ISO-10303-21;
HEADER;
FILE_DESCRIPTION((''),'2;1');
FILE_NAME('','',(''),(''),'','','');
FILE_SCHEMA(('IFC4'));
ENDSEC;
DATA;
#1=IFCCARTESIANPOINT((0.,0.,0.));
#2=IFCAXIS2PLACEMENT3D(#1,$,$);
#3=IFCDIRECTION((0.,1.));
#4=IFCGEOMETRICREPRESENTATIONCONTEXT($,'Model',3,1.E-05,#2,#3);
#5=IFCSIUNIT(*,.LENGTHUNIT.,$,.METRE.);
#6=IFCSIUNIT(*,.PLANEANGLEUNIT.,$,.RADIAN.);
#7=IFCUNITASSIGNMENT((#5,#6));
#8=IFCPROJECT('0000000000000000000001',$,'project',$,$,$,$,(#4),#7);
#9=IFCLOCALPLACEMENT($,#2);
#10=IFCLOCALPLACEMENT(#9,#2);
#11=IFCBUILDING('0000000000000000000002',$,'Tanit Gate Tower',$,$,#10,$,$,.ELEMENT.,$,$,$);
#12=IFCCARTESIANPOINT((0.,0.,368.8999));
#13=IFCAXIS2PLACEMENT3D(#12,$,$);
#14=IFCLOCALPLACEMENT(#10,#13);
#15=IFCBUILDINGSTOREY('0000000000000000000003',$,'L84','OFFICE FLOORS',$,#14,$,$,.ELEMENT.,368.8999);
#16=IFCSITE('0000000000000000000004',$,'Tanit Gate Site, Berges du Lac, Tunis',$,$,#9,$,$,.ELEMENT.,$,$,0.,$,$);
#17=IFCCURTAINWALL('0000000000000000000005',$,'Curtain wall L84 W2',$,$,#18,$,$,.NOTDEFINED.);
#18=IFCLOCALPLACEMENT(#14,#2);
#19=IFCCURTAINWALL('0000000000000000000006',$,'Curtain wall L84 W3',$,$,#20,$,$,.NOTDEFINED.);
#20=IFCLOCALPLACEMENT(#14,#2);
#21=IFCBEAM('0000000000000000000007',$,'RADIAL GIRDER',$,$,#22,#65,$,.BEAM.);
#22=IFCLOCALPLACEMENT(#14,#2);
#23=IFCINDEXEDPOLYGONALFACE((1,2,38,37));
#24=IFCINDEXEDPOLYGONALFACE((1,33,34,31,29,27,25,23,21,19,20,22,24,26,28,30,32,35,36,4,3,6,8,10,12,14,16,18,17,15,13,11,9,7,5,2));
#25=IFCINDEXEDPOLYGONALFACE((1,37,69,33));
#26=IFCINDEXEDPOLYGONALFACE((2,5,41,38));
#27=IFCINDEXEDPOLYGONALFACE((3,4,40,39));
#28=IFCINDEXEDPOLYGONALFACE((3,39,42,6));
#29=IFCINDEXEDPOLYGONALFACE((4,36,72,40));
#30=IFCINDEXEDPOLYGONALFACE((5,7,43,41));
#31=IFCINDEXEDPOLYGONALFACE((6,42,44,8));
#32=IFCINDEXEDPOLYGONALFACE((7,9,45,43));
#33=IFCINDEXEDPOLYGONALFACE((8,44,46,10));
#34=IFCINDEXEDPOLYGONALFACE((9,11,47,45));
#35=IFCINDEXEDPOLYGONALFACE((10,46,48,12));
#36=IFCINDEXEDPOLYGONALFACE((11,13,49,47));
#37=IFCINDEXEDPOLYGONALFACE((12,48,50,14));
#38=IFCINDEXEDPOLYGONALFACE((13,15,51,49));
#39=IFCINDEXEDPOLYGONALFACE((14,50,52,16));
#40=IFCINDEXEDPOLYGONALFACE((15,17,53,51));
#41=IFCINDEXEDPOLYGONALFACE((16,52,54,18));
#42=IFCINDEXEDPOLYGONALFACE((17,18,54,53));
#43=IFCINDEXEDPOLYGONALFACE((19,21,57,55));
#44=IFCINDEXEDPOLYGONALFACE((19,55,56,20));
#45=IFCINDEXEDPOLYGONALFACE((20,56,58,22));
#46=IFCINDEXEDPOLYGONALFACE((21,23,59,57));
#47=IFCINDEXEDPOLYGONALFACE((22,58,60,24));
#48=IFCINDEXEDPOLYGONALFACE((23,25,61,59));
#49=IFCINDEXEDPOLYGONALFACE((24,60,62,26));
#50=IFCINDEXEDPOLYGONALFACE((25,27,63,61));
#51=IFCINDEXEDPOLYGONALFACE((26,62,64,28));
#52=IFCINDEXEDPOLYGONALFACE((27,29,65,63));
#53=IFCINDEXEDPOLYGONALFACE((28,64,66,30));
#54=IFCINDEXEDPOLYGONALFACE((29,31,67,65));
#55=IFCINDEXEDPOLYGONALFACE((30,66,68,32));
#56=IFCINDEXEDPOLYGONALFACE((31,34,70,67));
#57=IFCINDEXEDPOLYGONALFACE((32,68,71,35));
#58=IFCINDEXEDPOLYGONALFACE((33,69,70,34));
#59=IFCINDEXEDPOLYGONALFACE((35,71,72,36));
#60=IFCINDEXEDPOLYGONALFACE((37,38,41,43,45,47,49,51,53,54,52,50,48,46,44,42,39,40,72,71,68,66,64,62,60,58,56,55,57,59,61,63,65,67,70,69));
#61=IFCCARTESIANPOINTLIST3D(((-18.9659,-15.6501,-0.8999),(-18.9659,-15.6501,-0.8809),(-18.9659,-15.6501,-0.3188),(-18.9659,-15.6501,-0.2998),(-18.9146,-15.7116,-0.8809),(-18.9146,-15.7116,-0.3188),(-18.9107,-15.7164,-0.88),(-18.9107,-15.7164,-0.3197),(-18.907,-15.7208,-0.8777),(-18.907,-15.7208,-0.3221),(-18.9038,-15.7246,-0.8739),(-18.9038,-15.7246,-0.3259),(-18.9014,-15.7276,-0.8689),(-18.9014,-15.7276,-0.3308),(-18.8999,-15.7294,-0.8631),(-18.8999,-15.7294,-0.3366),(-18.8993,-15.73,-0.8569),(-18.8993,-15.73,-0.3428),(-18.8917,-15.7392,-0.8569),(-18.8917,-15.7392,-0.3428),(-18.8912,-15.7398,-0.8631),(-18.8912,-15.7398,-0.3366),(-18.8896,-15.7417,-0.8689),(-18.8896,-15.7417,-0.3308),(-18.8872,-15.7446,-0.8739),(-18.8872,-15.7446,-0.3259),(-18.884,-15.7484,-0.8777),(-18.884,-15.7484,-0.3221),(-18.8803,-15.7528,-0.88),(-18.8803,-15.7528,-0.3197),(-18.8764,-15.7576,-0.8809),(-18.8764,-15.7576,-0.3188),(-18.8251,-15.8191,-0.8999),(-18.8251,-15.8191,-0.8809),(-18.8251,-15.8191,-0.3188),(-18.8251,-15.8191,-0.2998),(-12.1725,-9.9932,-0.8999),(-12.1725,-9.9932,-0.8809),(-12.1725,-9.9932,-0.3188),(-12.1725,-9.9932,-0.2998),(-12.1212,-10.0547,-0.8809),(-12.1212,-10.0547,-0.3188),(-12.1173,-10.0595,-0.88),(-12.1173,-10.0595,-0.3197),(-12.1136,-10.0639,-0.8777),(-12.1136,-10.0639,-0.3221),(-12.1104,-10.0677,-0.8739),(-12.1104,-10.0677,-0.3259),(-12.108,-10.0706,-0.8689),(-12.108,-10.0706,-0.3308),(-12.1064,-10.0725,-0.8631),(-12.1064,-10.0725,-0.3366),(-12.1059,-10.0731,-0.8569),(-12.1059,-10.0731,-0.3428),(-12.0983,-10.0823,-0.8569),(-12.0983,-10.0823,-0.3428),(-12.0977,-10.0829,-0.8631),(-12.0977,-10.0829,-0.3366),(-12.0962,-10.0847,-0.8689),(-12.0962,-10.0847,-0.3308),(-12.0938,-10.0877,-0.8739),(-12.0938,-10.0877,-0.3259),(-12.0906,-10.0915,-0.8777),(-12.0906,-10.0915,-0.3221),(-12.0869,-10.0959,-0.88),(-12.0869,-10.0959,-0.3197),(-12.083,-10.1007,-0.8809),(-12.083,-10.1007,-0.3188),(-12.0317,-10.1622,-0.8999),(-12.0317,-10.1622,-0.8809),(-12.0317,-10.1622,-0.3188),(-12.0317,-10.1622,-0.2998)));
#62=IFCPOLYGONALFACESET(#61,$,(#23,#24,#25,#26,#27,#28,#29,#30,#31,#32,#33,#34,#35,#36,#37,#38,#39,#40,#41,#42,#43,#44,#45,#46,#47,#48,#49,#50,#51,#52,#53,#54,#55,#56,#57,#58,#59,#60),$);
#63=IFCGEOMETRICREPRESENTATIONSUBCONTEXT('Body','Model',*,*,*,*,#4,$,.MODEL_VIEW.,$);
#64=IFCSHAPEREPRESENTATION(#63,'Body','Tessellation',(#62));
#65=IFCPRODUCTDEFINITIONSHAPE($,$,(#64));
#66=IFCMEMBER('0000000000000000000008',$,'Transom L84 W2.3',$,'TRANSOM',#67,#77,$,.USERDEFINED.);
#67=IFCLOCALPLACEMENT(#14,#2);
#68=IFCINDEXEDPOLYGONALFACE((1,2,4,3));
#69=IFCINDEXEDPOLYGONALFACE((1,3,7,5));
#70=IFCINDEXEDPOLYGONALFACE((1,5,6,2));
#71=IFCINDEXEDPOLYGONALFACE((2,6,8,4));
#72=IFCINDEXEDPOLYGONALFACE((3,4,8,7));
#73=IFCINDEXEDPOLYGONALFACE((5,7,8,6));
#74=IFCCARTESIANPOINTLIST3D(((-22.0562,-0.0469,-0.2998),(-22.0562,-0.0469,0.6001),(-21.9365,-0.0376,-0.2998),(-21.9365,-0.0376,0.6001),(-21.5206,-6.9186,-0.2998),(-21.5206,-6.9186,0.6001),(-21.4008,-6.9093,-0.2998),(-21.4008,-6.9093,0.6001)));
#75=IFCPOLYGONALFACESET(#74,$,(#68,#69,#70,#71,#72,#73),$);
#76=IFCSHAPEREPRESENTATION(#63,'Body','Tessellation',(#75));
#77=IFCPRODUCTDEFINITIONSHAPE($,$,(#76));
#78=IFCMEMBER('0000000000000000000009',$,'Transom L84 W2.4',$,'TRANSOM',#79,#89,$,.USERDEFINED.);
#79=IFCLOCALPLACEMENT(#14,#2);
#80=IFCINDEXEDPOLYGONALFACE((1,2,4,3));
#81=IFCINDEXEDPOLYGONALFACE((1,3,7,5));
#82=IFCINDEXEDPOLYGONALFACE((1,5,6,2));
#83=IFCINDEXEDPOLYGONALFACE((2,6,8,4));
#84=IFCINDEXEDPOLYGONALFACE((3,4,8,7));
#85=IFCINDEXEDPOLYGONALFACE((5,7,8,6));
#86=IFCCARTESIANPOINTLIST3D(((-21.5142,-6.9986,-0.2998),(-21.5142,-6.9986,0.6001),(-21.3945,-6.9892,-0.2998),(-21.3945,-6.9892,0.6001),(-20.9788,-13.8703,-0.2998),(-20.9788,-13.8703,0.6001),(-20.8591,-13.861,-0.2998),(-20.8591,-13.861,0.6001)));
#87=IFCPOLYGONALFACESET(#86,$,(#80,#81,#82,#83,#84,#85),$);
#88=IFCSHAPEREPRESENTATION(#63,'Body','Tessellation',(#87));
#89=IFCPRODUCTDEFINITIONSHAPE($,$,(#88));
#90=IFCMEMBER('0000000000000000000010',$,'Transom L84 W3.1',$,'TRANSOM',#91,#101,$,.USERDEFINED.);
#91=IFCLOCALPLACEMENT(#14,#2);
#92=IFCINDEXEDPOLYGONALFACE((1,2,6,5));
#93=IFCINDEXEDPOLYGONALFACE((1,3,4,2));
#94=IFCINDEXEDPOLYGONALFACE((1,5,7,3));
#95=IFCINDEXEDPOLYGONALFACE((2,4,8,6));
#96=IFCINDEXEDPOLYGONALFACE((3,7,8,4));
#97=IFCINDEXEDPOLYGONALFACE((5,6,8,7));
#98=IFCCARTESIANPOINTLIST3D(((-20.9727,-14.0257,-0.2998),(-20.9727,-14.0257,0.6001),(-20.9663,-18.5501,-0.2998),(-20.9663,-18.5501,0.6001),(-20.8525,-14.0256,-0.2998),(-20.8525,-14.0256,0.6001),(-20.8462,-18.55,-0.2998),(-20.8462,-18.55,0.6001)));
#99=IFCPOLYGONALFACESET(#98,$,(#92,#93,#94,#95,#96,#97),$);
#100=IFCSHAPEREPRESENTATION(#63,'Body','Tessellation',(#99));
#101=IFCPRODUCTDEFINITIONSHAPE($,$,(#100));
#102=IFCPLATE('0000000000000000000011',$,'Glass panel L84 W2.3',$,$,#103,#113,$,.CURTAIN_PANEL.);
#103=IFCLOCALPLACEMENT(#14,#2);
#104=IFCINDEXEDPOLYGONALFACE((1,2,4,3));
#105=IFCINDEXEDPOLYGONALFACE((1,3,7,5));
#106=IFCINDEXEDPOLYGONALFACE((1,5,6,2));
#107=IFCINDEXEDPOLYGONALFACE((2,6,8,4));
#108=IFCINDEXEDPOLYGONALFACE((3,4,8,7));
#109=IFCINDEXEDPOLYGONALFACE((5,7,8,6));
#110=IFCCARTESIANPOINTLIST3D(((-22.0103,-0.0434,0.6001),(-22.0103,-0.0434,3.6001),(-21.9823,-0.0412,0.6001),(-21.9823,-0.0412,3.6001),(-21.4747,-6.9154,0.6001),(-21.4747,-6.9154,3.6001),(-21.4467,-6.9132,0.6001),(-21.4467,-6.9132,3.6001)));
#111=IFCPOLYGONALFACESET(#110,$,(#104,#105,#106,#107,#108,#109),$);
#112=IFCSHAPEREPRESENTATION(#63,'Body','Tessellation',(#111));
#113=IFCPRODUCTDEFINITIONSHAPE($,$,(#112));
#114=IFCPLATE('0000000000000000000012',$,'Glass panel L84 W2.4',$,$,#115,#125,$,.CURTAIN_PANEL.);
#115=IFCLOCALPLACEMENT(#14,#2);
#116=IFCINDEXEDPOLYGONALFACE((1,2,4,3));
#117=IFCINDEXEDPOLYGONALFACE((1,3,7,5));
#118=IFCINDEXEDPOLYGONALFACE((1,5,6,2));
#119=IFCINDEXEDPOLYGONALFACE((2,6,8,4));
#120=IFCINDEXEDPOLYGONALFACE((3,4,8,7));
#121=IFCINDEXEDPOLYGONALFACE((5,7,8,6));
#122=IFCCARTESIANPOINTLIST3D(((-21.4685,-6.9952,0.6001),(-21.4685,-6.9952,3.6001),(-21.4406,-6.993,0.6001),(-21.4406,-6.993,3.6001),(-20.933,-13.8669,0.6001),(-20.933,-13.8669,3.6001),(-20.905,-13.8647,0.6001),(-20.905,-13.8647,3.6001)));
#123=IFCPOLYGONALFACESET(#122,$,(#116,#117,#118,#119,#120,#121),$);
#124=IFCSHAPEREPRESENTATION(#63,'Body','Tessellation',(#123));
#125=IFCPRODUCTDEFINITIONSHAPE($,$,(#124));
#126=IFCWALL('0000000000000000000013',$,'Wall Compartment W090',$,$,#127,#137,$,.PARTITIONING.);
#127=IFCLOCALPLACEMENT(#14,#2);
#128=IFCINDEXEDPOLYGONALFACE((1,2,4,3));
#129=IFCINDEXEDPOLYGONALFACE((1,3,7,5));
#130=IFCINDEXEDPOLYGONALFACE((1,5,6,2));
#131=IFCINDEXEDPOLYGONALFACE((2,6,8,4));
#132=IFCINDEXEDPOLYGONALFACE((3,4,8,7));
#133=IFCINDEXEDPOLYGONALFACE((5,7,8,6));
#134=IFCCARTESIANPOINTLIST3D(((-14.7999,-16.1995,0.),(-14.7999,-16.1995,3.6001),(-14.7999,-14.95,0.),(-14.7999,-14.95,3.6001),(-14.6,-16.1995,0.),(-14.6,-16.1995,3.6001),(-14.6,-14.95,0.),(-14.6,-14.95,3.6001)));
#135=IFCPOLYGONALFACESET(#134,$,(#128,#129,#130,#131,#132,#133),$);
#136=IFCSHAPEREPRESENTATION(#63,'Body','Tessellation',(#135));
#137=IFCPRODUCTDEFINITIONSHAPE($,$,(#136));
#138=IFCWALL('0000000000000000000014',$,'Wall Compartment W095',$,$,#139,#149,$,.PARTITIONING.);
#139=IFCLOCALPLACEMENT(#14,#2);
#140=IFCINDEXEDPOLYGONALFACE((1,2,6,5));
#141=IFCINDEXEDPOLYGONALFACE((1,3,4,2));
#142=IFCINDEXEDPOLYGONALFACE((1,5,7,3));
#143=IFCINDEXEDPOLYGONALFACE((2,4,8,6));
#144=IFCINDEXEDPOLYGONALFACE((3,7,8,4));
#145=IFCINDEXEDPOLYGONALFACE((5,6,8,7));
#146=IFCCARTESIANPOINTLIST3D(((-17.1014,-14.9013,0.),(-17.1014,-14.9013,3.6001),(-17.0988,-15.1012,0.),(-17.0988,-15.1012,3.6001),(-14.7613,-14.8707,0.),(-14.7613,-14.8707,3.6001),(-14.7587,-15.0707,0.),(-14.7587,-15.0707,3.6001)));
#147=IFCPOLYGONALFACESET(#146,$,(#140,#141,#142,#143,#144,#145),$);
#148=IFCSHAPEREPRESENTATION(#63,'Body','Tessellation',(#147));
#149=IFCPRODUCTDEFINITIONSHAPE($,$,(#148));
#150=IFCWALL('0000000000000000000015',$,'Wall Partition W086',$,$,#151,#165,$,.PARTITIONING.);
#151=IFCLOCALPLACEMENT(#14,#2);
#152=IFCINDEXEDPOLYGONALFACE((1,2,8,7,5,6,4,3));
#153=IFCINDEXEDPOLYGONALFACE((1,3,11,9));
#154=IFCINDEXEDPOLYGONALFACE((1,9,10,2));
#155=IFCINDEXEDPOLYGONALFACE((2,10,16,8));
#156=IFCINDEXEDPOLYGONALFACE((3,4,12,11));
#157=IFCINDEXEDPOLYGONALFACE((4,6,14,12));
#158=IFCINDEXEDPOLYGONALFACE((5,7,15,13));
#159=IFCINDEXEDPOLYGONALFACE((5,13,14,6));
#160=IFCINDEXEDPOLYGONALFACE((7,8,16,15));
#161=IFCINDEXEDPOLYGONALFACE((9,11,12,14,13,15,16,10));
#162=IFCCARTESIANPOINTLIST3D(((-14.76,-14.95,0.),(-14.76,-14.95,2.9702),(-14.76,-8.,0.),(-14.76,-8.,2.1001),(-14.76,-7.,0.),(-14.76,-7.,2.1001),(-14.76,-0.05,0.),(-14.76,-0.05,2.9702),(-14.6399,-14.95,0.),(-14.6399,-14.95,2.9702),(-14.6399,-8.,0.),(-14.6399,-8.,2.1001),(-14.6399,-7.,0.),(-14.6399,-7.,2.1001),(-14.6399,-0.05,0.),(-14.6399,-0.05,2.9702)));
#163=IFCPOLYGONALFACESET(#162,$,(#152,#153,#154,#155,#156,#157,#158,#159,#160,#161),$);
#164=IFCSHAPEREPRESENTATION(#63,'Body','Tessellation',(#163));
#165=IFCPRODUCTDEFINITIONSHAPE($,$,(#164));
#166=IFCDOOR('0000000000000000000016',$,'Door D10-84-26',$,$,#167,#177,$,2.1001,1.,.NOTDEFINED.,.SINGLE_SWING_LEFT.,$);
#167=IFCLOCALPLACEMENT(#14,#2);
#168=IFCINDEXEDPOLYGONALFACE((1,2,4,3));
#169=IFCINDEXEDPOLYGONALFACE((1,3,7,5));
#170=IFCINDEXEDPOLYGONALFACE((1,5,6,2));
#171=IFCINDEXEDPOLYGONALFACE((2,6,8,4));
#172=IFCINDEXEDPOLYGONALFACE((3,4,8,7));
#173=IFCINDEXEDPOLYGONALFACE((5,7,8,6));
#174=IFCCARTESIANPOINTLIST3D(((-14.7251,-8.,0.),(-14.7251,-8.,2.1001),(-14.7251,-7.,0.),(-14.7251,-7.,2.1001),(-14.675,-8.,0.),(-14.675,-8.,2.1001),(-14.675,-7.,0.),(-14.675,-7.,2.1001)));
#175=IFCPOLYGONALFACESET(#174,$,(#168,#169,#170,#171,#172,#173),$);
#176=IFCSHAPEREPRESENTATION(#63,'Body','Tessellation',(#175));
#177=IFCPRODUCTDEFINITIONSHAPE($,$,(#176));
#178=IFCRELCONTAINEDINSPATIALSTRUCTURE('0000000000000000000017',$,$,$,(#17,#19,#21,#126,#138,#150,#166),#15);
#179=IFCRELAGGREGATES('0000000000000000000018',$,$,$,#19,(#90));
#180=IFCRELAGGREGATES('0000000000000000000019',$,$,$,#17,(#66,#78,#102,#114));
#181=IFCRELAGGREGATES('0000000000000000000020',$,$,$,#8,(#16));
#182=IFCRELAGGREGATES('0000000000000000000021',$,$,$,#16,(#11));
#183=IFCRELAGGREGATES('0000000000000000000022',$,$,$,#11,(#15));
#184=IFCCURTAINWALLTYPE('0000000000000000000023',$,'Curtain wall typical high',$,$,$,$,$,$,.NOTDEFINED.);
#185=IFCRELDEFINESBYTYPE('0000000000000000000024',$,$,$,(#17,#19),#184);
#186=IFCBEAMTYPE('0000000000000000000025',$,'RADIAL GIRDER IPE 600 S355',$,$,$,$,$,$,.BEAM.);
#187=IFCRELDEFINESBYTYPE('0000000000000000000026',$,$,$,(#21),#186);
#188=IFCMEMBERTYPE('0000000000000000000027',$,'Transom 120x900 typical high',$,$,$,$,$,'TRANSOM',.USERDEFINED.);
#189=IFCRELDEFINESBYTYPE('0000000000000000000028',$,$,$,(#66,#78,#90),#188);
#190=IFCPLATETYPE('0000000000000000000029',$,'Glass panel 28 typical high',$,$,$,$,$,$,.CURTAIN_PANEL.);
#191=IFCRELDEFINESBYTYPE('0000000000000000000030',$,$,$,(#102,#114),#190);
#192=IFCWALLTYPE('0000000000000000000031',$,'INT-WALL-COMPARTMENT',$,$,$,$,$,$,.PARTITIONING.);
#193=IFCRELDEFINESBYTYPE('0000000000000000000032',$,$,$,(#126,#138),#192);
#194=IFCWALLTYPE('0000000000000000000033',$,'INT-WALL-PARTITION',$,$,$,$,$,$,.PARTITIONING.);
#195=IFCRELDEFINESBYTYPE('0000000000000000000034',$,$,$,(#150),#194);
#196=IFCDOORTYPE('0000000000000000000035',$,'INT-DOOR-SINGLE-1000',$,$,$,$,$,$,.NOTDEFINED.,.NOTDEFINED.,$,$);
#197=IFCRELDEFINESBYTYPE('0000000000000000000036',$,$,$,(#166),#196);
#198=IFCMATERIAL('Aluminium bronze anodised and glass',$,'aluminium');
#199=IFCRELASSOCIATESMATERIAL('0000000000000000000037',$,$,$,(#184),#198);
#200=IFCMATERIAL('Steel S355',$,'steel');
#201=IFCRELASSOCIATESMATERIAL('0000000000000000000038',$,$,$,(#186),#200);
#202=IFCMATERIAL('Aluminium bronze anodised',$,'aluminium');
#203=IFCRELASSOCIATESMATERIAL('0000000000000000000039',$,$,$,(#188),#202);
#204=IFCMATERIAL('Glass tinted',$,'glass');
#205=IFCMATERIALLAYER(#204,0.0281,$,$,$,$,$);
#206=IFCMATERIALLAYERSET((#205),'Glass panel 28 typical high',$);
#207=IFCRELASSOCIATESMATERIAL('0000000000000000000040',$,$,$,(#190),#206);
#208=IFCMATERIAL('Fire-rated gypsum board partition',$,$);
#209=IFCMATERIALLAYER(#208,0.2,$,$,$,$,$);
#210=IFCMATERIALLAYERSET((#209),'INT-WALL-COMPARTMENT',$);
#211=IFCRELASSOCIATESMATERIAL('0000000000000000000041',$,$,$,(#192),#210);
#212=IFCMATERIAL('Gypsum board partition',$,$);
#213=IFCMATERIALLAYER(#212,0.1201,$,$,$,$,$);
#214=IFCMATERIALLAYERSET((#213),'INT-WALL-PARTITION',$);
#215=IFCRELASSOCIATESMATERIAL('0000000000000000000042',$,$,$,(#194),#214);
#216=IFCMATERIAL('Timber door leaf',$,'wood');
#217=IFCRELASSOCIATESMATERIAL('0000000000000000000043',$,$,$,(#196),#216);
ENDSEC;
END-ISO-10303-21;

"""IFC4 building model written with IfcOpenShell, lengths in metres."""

from ifc_helpers import new_model, si_unit, direction, frame, frame_2d, origin, origin_2d, place, context, subcontext, project, spatial, rectangle, i_section, extrude, material, layer, layer_set, material_profile, profile_set, type_object, element, fill, aggregate, save


model = new_model("IFC4")

# Units and contexts
model_context = context("Model", 3, precision=1e-05, world=origin(), true_north=direction((0.0, 1.0)))
body_context = subcontext(model_context, "Body", "Model", "MODEL_VIEW")
ifc_project = project(units=[si_unit("LENGTHUNIT", "METRE"), si_unit("PLANEANGLEUNIT", "RADIAN")], contexts=[model_context])

# Site, building, storey
site_placement = place(None, origin())
site = spatial("IfcSite", under=ifc_project, at=site_placement, Name="Tanit Gate Site, Berges du Lac, Tunis", CompositionType="ELEMENT", RefElevation=0.0)
building_placement = place(site_placement, origin())
building = spatial("IfcBuilding", under=site, at=building_placement, Name="Tanit Gate Tower", CompositionType="ELEMENT")
storey_placement = place(building_placement, frame((0.0, 0.0, 368.8999)))
storey = spatial("IfcBuildingStorey", under=building, at=storey_placement, Name="L84", Description="OFFICE FLOORS", CompositionType="ELEMENT", Elevation=368.8999)

# Curtain wall
ifc_material_1 = material(Name="Aluminium bronze anodised and glass", Category="aluminium")
curtain_wall_type = type_object("IfcCurtainWallType", Name="Curtain wall typical high", PredefinedType="NOTDEFINED", material=ifc_material_1)
curtain_wall_1_placement = place(storey_placement, origin())
curtain_wall_1 = element("IfcCurtainWall", 1, at=curtain_wall_1_placement, inside=storey, type_object=curtain_wall_type, Name="Curtain wall L84 W2", PredefinedType="NOTDEFINED")

# Curtain wall
curtain_wall_2_placement = place(storey_placement, origin())
curtain_wall_2 = element("IfcCurtainWall", 2, at=curtain_wall_2_placement, inside=storey, type_object=curtain_wall_type, Name="Curtain wall L84 W3", PredefinedType="NOTDEFINED")

# Beam
ifc_material_2 = material(Name="Steel S355", Category="steel")
ifc_material_profile_1 = material_profile(ifc_material_2, i_section(OverallWidth=0.22, OverallDepth=0.6001, WebThickness=0.012, FlangeThickness=0.019, FilletRadius=0.0239, at=origin_2d()), Name="IPE 600")
ifc_profile_set_1 = profile_set([ifc_material_profile_1], Name="Steel S355")
beam_type_1 = type_object("IfcBeamType", Name="RADIAL GIRDER IPE 600 S355", PredefinedType="BEAM", material=ifc_profile_set_1)
beam_1_placement = place(storey_placement, frame((-18.8955, -15.7346, -0.5999), z_axis=(0.768457, 0.639902, 0.0), x_axis=(-0.639902, 0.768457, 0.0)))
element("IfcBeam", 3, at=beam_1_placement, inside=storey, type_object=beam_type_1, Name="RADIAL GIRDER", PredefinedType="BEAM", context=body_context, shape_type="SweptSolid", body=[
    extrude(i_section(OverallWidth=0.22, OverallDepth=0.6001, WebThickness=0.012, FlangeThickness=0.019, FilletRadius=0.0239, at=origin_2d()), origin(), (0.0, 0.0, 1.0), 8.8403),
])

# Members
ifc_material_3 = material(Name="Aluminium bronze anodised", Category="aluminium")
ifc_material_profile_2 = material_profile(ifc_material_3, rectangle(XDim=0.1201, YDim=0.8999, at=origin_2d()), Name="120x900 bronze transom")
ifc_profile_set_2 = profile_set([ifc_material_profile_2], Name="Aluminium bronze anodised")
member_type_1 = type_object("IfcMemberType", Name="Transom 120x900 typical high", ElementType="TRANSOM", PredefinedType="USERDEFINED", material=ifc_profile_set_2)
member_1_placement = place(storey_placement, frame((-21.9963, -0.0422, 0.1501), z_axis=(0.077712, -0.996976, 0.0), x_axis=(0.996976, 0.077712, 0.0)))
member_1 = element("IfcMember", 4, at=member_1_placement, type_object=member_type_1, Name="Transom L84 W2.3", ObjectType="TRANSOM", PredefinedType="USERDEFINED", context=body_context, shape_type="SweptSolid", body=[
    extrude(rectangle(XDim=0.1201, YDim=0.8999, at=origin_2d()), origin(), (0.0, 0.0, 1.0), 6.8926),
])
member_2_placement = place(storey_placement, frame((-21.4543, -6.9939, 0.1501), z_axis=(0.077677, -0.996979, 0.0), x_axis=(0.996979, 0.077677, 0.0)))
member_2 = element("IfcMember", 5, at=member_2_placement, type_object=member_type_1, Name="Transom L84 W2.4", ObjectType="TRANSOM", PredefinedType="USERDEFINED", context=body_context, shape_type="SweptSolid", body=[
    extrude(rectangle(XDim=0.1201, YDim=0.8999, at=origin_2d()), origin(), (0.0, 0.0, 1.0), 6.8926),
])
member_3_placement = place(storey_placement, frame((-20.9126, -14.0256, 0.1501), z_axis=(0.001403, -0.999999, 0.0), x_axis=(0.999999, 0.001403, 0.0)))
member_3 = element("IfcMember", 6, at=member_3_placement, type_object=member_type_1, Name="Transom L84 W3.1", ObjectType="TRANSOM", PredefinedType="USERDEFINED", context=body_context, shape_type="SweptSolid", body=[
    extrude(rectangle(XDim=0.1201, YDim=0.8999, at=origin_2d()), origin(), (0.0, 0.0, 1.0), 4.5244),
])
aggregate(curtain_wall_2, [member_3])

# Plates
ifc_material_4 = material(Name="Glass tinted", Category="glass")
ifc_layer_1 = layer(ifc_material_4, 0.0281)
ifc_layer_set_1 = layer_set([ifc_layer_1], Name="Glass panel 28 typical high")
plate_type = type_object("IfcPlateType", Name="Glass panel 28 typical high", PredefinedType="CURTAIN_PANEL", material=ifc_layer_set_1)
plate_1_placement = place(storey_placement, frame((-21.7285, -3.4783, 0.6001), z_axis=(0.0, 0.0, 1.0), x_axis=(0.077701, -0.996977, 0.0)))
plate_1 = element("IfcPlate", 7, at=plate_1_placement, type_object=plate_type, Name="Glass panel L84 W2.3", PredefinedType="CURTAIN_PANEL", context=body_context, shape_type="SweptSolid", body=[
    extrude(rectangle(XDim=6.8928, YDim=0.0281, at=origin_2d()), origin(), (0.0, 0.0, 1.0), 3.0),
])
plate_2_placement = place(storey_placement, frame((-21.1868, -10.4299, 0.6001), z_axis=(0.0, 0.0, 1.0), x_axis=(0.077701, -0.996977, 0.0)))
plate_2 = element("IfcPlate", 8, at=plate_2_placement, type_object=plate_type, Name="Glass panel L84 W2.4", PredefinedType="CURTAIN_PANEL", context=body_context, shape_type="SweptSolid", body=[
    extrude(rectangle(XDim=6.8926, YDim=0.0281, at=origin_2d()), origin(), (0.0, 0.0, 1.0), 3.0),
])
aggregate(curtain_wall_1, [member_1, member_2, plate_1, plate_2])

# Walls
ifc_material_5 = material(Name="Fire-rated gypsum board partition")
ifc_layer_2 = layer(ifc_material_5, 0.2)
ifc_layer_set_2 = layer_set([ifc_layer_2], Name="INT-WALL-COMPARTMENT")
wall_type_1 = type_object("IfcWallType", Name="INT-WALL-COMPARTMENT", PredefinedType="PARTITIONING", material=ifc_layer_set_2)
wall_1_placement = place(storey_placement, frame((-14.7, -14.95, 0.0), z_axis=(0.0, 0.0, 1.0), x_axis=(0.0, -1.0, 0.0)))
element("IfcWall", 9, at=wall_1_placement, inside=storey, type_object=wall_type_1, Name="Wall Compartment W090", PredefinedType="PARTITIONING", context=body_context, shape_type="SweptSolid", body=[
    extrude(rectangle(XDim=1.2495, YDim=0.2, at=frame_2d((0.6248, 0.0))), origin(), (0.0, 0.0, 1.0), 3.6001),
])
wall_2_placement = place(storey_placement, frame((-17.1001, -15.0012, 0.0), z_axis=(0.0, 0.0, 1.0), x_axis=(0.999915, 0.01304, 0.0)))
element("IfcWall", 10, at=wall_2_placement, inside=storey, type_object=wall_type_1, Name="Wall Compartment W095", PredefinedType="PARTITIONING", context=body_context, shape_type="SweptSolid", body=[
    extrude(rectangle(XDim=2.3403, YDim=0.2, at=frame_2d((1.1702, 0.0))), origin(), (0.0, 0.0, 1.0), 3.6001),
])

# Wall, opening, door
ifc_material_6 = material(Name="Gypsum board partition")
ifc_layer_3 = layer(ifc_material_6, 0.1201)
ifc_layer_set_3 = layer_set([ifc_layer_3], Name="INT-WALL-PARTITION")
wall_type_2 = type_object("IfcWallType", Name="INT-WALL-PARTITION", PredefinedType="PARTITIONING", material=ifc_layer_set_3)
wall_3_placement = place(storey_placement, frame((-14.7, -0.05, 0.0), z_axis=(0.0, 0.0, 1.0), x_axis=(0.0, -1.0, 0.0)))
wall_3 = element("IfcWall", 11, at=wall_3_placement, inside=storey, type_object=wall_type_2, Name="Wall Partition W086", PredefinedType="PARTITIONING", context=body_context, shape_type="SweptSolid", body=[
    extrude(rectangle(XDim=14.8999, YDim=0.1201, at=frame_2d((7.45, 0.0))), origin(), (0.0, 0.0, 1.0), 2.9702),
])
opening_placement = place(wall_3_placement, frame((6.95, 0.0, 0.0)))
opening = element("IfcOpeningElement", 12, at=opening_placement, cuts=wall_3, PredefinedType="OPENING", context=body_context, shape_type="SweptSolid", body=[
    extrude(rectangle(XDim=1.0, YDim=2.1001, at=frame_2d((0.5, 1.05))), frame((0.0, 0.0701, 0.0), z_axis=(0.0, -1.0, 0.0), x_axis=(1.0, 0.0, 0.0)), (0.0, 0.0, 1.0), 0.1401),
])
ifc_material_7 = material(Name="Timber door leaf", Category="wood")
door_type = type_object("IfcDoorType", Name="INT-DOOR-SINGLE-1000", OperationType="NOTDEFINED", PredefinedType="NOTDEFINED", material=ifc_material_7)
door_placement = place(opening_placement, origin())
door = element("IfcDoor", 13, at=door_placement, inside=storey, type_object=door_type, Name="Door D10-84-26", OperationType="SINGLE_SWING_LEFT", OverallHeight=2.1001, OverallWidth=1.0, PredefinedType="NOTDEFINED", context=body_context, shape_type="SweptSolid", body=[
    extrude(rectangle(XDim=1.0, YDim=2.1001, at=frame_2d((0.5, 1.05))), frame((0.0, 0.0249, 0.0), z_axis=(0.0, -1.0, 0.0), x_axis=(1.0, 0.0, 0.0)), (0.0, 0.0, 1.0), 0.05),
])
fill(opening, door)

save(model, "model.ifc")
